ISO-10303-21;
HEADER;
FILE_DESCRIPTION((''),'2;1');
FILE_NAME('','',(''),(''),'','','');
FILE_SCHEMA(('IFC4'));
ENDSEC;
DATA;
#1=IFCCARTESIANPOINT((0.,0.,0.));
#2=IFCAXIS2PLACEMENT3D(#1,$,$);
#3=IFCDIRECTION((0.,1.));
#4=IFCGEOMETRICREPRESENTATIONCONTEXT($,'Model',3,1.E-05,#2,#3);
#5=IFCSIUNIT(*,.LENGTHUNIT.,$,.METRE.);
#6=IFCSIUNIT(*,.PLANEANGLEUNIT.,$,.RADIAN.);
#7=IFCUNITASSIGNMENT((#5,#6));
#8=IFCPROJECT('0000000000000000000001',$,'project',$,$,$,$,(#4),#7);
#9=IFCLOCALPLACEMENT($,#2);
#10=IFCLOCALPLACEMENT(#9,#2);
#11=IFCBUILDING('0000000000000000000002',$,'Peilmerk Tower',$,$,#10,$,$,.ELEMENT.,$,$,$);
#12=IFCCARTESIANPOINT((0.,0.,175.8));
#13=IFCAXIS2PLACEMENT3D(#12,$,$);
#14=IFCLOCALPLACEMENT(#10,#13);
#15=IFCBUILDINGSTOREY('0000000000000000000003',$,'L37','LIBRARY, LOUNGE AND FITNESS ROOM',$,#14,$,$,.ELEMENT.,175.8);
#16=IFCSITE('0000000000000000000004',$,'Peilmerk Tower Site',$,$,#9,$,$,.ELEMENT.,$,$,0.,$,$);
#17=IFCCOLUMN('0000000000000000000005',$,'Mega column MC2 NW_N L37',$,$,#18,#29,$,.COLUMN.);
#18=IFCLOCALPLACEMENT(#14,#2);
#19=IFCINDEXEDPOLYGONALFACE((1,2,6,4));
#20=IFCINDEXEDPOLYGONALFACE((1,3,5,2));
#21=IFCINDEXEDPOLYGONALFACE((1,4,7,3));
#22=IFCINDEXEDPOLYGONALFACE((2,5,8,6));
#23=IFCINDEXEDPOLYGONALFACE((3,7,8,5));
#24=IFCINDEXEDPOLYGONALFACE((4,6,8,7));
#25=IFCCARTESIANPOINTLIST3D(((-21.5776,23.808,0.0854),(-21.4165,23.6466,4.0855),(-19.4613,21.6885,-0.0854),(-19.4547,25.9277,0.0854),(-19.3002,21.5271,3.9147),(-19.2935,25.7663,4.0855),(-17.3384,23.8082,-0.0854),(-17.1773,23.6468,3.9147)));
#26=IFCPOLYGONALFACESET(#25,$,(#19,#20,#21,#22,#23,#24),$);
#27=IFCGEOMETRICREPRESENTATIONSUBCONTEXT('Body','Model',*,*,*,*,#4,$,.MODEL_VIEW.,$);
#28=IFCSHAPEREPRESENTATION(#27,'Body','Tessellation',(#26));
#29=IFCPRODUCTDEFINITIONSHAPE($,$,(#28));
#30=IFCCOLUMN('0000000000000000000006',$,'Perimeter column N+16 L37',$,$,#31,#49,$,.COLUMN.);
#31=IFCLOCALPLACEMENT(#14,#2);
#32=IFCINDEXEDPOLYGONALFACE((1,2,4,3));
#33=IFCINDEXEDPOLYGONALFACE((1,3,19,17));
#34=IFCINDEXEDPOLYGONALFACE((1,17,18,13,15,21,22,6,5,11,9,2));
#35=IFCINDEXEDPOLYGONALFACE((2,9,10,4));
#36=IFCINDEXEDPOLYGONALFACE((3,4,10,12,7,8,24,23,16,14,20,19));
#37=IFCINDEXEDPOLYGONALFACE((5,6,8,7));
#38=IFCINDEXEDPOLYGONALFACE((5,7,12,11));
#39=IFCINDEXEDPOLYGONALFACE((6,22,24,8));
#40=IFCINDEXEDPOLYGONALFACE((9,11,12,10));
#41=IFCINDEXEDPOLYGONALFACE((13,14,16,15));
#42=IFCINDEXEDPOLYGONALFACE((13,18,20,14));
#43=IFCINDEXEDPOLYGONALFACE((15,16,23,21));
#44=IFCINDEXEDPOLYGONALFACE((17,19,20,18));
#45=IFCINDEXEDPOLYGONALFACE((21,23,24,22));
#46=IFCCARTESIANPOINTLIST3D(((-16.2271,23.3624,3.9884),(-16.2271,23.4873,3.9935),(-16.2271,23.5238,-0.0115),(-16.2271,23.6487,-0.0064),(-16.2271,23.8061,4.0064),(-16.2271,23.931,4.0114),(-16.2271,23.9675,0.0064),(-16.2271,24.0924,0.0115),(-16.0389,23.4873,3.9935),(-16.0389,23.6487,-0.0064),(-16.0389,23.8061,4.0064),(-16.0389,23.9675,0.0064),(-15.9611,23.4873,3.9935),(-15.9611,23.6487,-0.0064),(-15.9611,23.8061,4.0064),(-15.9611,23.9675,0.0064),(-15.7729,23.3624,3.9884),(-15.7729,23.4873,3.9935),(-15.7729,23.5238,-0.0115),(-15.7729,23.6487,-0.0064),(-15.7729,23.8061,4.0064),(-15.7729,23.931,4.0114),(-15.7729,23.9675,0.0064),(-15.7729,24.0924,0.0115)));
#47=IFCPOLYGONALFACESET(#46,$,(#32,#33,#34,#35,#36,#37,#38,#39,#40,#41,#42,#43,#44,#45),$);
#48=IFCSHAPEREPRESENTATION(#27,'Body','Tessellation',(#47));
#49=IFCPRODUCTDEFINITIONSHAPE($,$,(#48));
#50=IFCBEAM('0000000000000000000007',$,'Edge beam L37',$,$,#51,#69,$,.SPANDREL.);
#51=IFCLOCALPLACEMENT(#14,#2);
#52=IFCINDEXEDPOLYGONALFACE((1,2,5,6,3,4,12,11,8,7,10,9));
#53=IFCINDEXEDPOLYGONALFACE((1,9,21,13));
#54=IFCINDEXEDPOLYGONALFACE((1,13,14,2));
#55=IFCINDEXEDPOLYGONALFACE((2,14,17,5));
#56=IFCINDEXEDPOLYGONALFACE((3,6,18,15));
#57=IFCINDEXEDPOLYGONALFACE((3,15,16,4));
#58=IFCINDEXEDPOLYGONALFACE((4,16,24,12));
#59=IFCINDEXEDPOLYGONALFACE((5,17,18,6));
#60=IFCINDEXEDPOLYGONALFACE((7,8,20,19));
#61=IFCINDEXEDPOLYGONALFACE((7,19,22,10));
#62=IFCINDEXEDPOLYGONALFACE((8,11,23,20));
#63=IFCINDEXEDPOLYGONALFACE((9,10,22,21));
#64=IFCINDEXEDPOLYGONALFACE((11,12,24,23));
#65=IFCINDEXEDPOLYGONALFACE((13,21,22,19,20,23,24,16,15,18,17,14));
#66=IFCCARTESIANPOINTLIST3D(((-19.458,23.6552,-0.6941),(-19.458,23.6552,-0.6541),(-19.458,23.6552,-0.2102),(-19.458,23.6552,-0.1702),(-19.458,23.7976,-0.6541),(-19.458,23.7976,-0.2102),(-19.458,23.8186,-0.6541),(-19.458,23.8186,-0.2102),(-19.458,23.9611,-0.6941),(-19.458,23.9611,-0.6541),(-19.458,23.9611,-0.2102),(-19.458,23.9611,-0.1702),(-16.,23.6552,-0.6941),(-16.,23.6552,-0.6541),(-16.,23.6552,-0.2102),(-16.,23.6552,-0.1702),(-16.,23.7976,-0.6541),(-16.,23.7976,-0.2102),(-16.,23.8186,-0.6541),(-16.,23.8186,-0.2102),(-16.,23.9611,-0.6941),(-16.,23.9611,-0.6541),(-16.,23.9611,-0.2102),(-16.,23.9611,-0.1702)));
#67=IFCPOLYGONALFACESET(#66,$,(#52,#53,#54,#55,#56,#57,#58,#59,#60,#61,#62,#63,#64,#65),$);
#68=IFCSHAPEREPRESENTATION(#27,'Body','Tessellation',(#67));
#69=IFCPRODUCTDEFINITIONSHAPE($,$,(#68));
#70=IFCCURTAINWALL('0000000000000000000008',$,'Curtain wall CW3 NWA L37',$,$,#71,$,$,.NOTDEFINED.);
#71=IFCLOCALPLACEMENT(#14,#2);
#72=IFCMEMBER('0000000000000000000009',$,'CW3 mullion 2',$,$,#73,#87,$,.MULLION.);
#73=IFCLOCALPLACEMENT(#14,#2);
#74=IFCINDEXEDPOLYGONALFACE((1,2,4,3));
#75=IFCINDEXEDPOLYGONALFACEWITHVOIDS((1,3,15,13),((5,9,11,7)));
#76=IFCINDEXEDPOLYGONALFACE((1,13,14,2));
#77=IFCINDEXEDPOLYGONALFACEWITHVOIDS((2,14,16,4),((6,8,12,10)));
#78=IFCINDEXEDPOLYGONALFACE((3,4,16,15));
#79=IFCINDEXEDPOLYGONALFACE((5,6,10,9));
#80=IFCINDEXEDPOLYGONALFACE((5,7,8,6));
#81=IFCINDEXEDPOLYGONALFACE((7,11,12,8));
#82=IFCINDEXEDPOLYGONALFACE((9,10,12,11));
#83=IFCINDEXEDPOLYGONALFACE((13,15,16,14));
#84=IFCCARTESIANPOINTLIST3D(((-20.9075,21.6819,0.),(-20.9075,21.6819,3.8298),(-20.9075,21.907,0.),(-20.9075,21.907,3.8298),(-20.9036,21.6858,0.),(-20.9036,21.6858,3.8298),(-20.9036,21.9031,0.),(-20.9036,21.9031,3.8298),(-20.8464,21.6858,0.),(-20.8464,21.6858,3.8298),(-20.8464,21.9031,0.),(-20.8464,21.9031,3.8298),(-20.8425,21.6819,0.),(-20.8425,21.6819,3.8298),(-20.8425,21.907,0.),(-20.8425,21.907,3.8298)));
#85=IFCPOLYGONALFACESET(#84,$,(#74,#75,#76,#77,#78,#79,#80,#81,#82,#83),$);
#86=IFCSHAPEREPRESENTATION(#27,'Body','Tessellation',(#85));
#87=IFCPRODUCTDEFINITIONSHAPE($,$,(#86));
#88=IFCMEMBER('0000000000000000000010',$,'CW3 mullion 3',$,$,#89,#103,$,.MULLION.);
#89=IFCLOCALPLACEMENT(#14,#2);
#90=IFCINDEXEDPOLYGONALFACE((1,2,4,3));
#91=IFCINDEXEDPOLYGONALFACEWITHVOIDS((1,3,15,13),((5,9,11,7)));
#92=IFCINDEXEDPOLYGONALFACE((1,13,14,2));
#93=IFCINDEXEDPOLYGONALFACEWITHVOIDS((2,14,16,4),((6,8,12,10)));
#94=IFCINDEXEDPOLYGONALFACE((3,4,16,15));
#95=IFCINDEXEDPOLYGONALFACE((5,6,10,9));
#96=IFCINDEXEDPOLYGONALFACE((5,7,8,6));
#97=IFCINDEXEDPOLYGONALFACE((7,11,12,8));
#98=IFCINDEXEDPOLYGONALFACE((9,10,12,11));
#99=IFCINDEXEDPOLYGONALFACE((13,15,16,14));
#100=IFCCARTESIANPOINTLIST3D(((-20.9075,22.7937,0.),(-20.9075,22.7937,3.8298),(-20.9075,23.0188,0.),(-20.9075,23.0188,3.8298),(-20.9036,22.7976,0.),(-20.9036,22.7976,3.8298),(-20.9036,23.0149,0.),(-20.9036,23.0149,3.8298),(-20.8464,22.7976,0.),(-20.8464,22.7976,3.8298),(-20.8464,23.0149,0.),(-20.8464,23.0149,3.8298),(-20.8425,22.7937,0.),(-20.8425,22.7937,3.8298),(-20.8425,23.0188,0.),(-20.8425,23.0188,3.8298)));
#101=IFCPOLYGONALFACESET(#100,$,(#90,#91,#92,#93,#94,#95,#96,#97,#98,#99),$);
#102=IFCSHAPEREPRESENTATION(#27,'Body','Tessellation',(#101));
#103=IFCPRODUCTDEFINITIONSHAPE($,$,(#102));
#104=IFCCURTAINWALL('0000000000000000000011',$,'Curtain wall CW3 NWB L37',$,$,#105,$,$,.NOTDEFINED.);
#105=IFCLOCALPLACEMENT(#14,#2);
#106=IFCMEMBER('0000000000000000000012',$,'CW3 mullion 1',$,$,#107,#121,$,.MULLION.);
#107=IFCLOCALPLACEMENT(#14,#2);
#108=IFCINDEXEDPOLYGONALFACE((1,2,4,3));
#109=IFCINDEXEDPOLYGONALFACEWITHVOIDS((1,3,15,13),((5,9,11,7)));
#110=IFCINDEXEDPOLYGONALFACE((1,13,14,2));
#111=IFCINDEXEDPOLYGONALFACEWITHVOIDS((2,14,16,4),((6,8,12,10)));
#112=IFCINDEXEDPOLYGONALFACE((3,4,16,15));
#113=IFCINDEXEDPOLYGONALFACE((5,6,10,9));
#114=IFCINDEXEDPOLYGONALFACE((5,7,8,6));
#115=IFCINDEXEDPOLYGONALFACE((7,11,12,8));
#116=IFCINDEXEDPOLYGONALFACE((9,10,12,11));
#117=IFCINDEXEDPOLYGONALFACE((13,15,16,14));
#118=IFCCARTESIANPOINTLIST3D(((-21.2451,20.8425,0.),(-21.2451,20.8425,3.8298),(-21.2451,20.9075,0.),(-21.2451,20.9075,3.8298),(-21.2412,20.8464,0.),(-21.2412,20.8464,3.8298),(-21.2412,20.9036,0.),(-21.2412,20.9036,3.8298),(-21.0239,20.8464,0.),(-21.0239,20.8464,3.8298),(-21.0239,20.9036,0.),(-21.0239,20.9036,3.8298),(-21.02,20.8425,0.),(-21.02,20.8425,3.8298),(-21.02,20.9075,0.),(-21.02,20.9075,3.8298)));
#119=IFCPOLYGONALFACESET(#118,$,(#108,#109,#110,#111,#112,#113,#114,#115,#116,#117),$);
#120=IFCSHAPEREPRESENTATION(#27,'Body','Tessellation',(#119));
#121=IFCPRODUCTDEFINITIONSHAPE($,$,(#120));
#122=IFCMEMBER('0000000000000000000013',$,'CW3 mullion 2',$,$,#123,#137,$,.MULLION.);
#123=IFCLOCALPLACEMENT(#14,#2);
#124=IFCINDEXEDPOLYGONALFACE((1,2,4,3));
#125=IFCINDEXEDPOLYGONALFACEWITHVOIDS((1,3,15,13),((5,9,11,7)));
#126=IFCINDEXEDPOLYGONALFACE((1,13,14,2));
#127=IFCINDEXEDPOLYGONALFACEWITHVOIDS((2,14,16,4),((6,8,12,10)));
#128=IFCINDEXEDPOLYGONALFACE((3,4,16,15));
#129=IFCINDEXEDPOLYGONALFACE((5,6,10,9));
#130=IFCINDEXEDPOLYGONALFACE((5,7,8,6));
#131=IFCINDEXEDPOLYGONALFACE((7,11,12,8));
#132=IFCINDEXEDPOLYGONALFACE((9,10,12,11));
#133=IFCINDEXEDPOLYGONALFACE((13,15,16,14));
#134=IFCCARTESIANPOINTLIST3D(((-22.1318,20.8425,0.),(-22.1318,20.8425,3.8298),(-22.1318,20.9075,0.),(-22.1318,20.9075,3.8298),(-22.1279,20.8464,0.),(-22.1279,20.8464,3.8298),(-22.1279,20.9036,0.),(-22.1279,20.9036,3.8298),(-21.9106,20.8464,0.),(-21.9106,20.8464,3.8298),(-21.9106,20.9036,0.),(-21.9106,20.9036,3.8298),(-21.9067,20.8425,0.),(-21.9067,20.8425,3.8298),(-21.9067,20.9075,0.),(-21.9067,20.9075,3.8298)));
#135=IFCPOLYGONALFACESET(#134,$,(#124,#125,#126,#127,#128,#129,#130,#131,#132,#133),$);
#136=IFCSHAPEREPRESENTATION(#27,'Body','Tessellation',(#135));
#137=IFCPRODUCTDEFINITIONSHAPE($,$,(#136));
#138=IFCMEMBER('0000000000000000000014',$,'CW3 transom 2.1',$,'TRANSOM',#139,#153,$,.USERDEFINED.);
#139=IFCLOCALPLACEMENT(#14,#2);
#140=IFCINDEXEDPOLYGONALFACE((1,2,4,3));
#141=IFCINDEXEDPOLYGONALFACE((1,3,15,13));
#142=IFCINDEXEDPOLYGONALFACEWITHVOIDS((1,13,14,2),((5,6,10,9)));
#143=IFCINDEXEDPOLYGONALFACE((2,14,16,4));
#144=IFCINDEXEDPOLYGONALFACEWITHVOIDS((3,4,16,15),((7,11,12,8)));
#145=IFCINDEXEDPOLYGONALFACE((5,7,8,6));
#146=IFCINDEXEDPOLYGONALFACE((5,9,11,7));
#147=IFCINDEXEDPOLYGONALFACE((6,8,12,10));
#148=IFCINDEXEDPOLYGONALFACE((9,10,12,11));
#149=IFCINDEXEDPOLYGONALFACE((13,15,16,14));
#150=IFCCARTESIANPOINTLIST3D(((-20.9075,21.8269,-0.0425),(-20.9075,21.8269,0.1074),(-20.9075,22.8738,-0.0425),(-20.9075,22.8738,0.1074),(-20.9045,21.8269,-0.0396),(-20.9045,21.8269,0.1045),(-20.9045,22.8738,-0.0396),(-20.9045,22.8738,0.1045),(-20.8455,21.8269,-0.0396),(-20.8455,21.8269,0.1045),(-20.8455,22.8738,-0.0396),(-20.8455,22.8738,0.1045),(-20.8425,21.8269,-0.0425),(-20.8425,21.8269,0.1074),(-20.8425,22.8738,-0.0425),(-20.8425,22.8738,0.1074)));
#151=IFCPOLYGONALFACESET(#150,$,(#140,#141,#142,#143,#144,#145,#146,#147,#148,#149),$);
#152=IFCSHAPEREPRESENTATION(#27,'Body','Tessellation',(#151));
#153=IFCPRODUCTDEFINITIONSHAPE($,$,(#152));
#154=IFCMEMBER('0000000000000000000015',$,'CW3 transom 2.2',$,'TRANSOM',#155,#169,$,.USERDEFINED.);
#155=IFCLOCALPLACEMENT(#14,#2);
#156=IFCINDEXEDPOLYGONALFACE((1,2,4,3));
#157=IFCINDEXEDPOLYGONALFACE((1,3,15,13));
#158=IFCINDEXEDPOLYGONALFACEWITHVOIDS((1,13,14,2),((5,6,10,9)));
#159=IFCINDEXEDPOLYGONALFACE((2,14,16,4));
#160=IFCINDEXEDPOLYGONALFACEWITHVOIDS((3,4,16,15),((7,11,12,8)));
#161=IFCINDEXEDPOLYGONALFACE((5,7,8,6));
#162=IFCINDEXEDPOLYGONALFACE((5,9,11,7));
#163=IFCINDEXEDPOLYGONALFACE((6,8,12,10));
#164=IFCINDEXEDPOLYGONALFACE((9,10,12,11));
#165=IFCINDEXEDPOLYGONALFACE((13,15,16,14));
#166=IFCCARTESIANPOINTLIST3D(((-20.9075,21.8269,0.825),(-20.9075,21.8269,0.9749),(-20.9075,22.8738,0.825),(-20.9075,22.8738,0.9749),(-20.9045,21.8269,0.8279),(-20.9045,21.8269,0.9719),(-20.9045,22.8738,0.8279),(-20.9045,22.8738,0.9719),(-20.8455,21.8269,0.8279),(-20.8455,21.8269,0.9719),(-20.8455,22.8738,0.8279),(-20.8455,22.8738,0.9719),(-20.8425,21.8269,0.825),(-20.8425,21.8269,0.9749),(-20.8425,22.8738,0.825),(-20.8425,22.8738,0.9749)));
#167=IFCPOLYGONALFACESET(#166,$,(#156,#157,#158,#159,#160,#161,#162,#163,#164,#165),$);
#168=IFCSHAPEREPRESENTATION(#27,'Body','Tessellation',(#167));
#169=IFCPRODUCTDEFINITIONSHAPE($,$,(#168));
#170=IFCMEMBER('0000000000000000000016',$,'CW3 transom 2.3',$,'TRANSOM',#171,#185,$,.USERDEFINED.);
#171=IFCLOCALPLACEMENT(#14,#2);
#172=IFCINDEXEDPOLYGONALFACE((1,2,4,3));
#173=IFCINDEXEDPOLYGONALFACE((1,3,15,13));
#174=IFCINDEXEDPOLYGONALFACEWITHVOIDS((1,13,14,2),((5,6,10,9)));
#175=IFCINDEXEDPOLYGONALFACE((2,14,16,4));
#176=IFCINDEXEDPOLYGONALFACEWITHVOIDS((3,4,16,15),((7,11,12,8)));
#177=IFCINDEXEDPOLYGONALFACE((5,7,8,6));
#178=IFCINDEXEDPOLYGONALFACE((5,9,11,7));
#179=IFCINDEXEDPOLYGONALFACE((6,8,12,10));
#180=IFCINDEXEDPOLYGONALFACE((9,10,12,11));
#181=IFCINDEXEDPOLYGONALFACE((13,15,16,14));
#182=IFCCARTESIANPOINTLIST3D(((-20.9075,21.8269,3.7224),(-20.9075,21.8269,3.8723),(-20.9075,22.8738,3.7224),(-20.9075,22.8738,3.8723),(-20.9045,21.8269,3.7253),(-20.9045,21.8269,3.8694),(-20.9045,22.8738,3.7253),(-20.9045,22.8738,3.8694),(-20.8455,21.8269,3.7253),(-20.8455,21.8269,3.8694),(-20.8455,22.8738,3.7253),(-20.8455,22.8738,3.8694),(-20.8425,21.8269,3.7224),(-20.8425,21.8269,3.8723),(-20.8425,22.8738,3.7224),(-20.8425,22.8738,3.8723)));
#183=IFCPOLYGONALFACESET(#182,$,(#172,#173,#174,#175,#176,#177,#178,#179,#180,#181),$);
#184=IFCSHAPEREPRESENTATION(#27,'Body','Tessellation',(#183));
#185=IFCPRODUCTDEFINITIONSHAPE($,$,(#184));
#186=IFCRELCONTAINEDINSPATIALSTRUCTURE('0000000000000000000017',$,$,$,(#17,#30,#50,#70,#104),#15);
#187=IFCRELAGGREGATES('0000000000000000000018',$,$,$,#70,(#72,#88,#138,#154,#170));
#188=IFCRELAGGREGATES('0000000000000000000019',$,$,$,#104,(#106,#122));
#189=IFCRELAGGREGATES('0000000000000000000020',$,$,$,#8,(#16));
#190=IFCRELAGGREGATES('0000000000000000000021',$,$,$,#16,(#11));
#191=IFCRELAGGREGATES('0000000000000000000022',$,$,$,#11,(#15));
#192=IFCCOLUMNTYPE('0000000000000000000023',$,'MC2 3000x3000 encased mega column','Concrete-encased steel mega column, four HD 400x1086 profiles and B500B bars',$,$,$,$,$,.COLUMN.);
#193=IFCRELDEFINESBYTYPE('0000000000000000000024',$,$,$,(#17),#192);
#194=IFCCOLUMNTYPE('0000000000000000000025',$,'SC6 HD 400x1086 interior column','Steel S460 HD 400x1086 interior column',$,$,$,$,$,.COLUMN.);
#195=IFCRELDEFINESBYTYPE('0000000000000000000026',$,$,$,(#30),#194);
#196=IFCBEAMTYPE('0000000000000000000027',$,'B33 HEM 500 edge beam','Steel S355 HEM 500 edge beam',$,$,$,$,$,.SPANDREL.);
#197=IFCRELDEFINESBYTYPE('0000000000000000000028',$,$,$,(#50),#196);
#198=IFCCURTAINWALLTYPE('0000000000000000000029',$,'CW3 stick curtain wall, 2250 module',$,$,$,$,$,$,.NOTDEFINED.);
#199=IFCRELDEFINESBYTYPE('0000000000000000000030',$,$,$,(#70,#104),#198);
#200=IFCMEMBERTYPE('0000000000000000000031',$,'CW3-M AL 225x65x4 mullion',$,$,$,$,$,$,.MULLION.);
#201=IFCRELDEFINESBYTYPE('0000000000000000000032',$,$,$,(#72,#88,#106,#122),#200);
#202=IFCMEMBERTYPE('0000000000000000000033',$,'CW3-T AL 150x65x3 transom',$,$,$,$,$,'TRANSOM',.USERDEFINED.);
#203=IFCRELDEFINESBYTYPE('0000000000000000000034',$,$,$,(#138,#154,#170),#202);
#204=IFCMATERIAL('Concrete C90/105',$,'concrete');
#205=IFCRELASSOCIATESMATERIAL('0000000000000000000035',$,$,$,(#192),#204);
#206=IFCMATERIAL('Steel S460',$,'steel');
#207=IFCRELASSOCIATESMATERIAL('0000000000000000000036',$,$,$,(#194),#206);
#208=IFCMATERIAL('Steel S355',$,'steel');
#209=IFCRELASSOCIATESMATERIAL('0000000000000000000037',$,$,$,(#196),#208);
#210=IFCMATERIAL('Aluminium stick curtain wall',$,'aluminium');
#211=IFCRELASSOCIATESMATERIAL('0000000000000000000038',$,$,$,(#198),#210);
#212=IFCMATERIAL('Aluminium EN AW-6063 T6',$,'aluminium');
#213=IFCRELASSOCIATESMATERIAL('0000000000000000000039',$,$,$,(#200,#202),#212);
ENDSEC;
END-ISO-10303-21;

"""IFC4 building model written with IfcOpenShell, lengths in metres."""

from ifc_helpers import new_model, si_unit, direction, frame, origin, origin_2d, place, context, subcontext, project, spatial, rectangle, hollow_rectangle, i_section, extrude, material, material_profile, profile_set, type_object, element, aggregate, save


model = new_model("IFC4")

# Units and contexts
model_context = context("Model", 3, precision=1e-05, world=origin(), true_north=direction((0.0, 1.0)))
body_context = subcontext(model_context, "Body", "Model", "MODEL_VIEW")
ifc_project = project(units=[si_unit("LENGTHUNIT", "METRE"), si_unit("PLANEANGLEUNIT", "RADIAN")], contexts=[model_context])

# Site, building, storey
site_placement = place(None, origin())
site = spatial("IfcSite", under=ifc_project, at=site_placement, Name="Peilmerk Tower Site", CompositionType="ELEMENT", RefElevation=0.0)
building_placement = place(site_placement, origin())
building = spatial("IfcBuilding", under=site, at=building_placement, Name="Peilmerk Tower", CompositionType="ELEMENT")
storey_placement = place(building_placement, frame((0.0, 0.0, 175.8)))
storey = spatial("IfcBuildingStorey", under=building, at=storey_placement, Name="L37", Description="LIBRARY, LOUNGE AND FITNESS ROOM", CompositionType="ELEMENT", Elevation=175.8)

# Columns
ifc_material_1 = material(Name="Concrete C90/105", Category="concrete")
ifc_material_profile_1 = material_profile(ifc_material_1, rectangle(XDim=3.0, YDim=3.0, at=origin_2d()), Name="RC 3000x3000")
ifc_profile_set_1 = profile_set([ifc_material_profile_1], Name="Concrete C90/105")
column_type_1 = type_object("IfcColumnType", Name="MC2 3000x3000 encased mega column", Description="Concrete-encased steel mega column, four HD 400x1086 profiles and B500B bars", PredefinedType="COLUMN", material=ifc_profile_set_1)
column_1_placement = place(storey_placement, frame((-19.458, 23.8081, 0.0), z_axis=(0.040218, -0.040279, 0.998379), x_axis=(0.707642, 0.706571, 0.0)))
element("IfcColumn", 1, at=column_1_placement, inside=storey, type_object=column_type_1, Name="Mega column MC2 NW_N L37", PredefinedType="COLUMN", context=body_context, shape_type="SweptSolid", body=[
    extrude(rectangle(XDim=3.0, YDim=3.0, at=origin_2d()), origin(), (0.0, 0.0, 1.0), 4.0066),
])
ifc_material_2 = material(Name="Steel S460", Category="steel")
ifc_material_profile_2 = material_profile(ifc_material_2, i_section(OverallWidth=0.4541, OverallDepth=0.5691, WebThickness=0.0779, FlangeThickness=0.125, at=origin_2d()), Name="HD 400x1086")
ifc_profile_set_2 = profile_set([ifc_material_profile_2], Name="Steel S460")
column_type_2 = type_object("IfcColumnType", Name="SC6 HD 400x1086 interior column", Description="Steel S460 HD 400x1086 interior column", PredefinedType="COLUMN", material=ifc_profile_set_2)
column_2_placement = place(storey_placement, frame((-16.0, 23.8081, 0.0), z_axis=(0.0, -0.040311, 0.999187), x_axis=(1.0, 0.0, 0.0)))
element("IfcColumn", 2, at=column_2_placement, inside=storey, type_object=column_type_2, Name="Perimeter column N+16 L37", PredefinedType="COLUMN", context=body_context, shape_type="SweptSolid", body=[
    extrude(i_section(OverallWidth=0.4541, OverallDepth=0.5691, WebThickness=0.0779, FlangeThickness=0.125, at=origin_2d()), origin(), (0.0, 0.0, 1.0), 4.0032),
])

# Beam
ifc_material_3 = material(Name="Steel S355", Category="steel")
ifc_material_profile_3 = material_profile(ifc_material_3, i_section(OverallWidth=0.3059, OverallDepth=0.5239, WebThickness=0.021, FlangeThickness=0.04, at=origin_2d()), Name="HEM 500")
ifc_profile_set_3 = profile_set([ifc_material_profile_3], Name="Steel S355")
beam_type = type_object("IfcBeamType", Name="B33 HEM 500 edge beam", Description="Steel S355 HEM 500 edge beam", PredefinedType="SPANDREL", material=ifc_profile_set_3)
beam_placement = place(storey_placement, frame((-16.0, 23.8081, -0.4321), z_axis=(-1.0, 0.0, 0.0), x_axis=(0.0, -1.0, 0.0)))
element("IfcBeam", 3, at=beam_placement, inside=storey, type_object=beam_type, Name="Edge beam L37", PredefinedType="SPANDREL", context=body_context, shape_type="SweptSolid", body=[
    extrude(i_section(OverallWidth=0.3059, OverallDepth=0.5239, WebThickness=0.021, FlangeThickness=0.04, at=origin_2d()), origin(), (0.0, 0.0, 1.0), 3.458),
])

# Curtain walls, members
ifc_material_4 = material(Name="Aluminium stick curtain wall", Category="aluminium")
curtain_wall_type = type_object("IfcCurtainWallType", Name="CW3 stick curtain wall, 2250 module", PredefinedType="NOTDEFINED", material=ifc_material_4)
curtain_wall_1_placement = place(storey_placement, origin())
curtain_wall_1 = element("IfcCurtainWall", 4, at=curtain_wall_1_placement, inside=storey, type_object=curtain_wall_type, Name="Curtain wall CW3 NWA L37", PredefinedType="NOTDEFINED")
ifc_material_5 = material(Name="Aluminium EN AW-6063 T6", Category="aluminium")
ifc_material_profile_4 = material_profile(ifc_material_5, hollow_rectangle(XDim=0.0649, YDim=0.2251, WallThickness=0.0039, at=origin_2d()), Name="AL 225x65x4")
ifc_profile_set_4 = profile_set([ifc_material_profile_4], Name="Aluminium EN AW-6063 T6")
member_type_1 = type_object("IfcMemberType", Name="CW3-M AL 225x65x4 mullion", PredefinedType="MULLION", material=ifc_profile_set_4)
member_1_placement = place(storey_placement, frame((-20.875, 21.7944, 0.0), z_axis=(0.0, 0.0, 1.0), x_axis=(-1.0, 0.0, 0.0)))
member_1 = element("IfcMember", 5, at=member_1_placement, type_object=member_type_1, Name="CW3 mullion 2", PredefinedType="MULLION", context=body_context, shape_type="SweptSolid", body=[
    extrude(hollow_rectangle(XDim=0.0649, YDim=0.2251, WallThickness=0.0039, at=origin_2d()), origin(), (0.0, 0.0, 1.0), 3.8298),
])
member_2_placement = place(storey_placement, frame((-20.875, 22.9062, 0.0), z_axis=(0.0, 0.0, 1.0), x_axis=(-1.0, 0.0, 0.0)))
member_2 = element("IfcMember", 6, at=member_2_placement, type_object=member_type_1, Name="CW3 mullion 3", PredefinedType="MULLION", context=body_context, shape_type="SweptSolid", body=[
    extrude(hollow_rectangle(XDim=0.0649, YDim=0.2251, WallThickness=0.0039, at=origin_2d()), origin(), (0.0, 0.0, 1.0), 3.8298),
])
curtain_wall_2_placement = place(storey_placement, origin())
curtain_wall_2 = element("IfcCurtainWall", 7, at=curtain_wall_2_placement, inside=storey, type_object=curtain_wall_type, Name="Curtain wall CW3 NWB L37", PredefinedType="NOTDEFINED")
member_3_placement = place(storey_placement, frame((-21.1326, 20.875, 0.0), z_axis=(0.0, 0.0, 1.0), x_axis=(0.0, -1.0, 0.0)))
member_3 = element("IfcMember", 8, at=member_3_placement, type_object=member_type_1, Name="CW3 mullion 1", PredefinedType="MULLION", context=body_context, shape_type="SweptSolid", body=[
    extrude(hollow_rectangle(XDim=0.0649, YDim=0.2251, WallThickness=0.0039, at=origin_2d()), origin(), (0.0, 0.0, 1.0), 3.8298),
])
member_4_placement = place(storey_placement, frame((-22.0193, 20.875, 0.0), z_axis=(0.0, 0.0, 1.0), x_axis=(0.0, -1.0, 0.0)))
member_4 = element("IfcMember", 9, at=member_4_placement, type_object=member_type_1, Name="CW3 mullion 2", PredefinedType="MULLION", context=body_context, shape_type="SweptSolid", body=[
    extrude(hollow_rectangle(XDim=0.0649, YDim=0.2251, WallThickness=0.0039, at=origin_2d()), origin(), (0.0, 0.0, 1.0), 3.8298),
])

# Members
ifc_material_profile_5 = material_profile(ifc_material_5, hollow_rectangle(XDim=0.0649, YDim=0.1499, WallThickness=0.0029, at=origin_2d()), Name="AL 150x65x3")
ifc_profile_set_5 = profile_set([ifc_material_profile_5], Name="Aluminium EN AW-6063 T6")
member_type_2 = type_object("IfcMemberType", Name="CW3-T AL 150x65x3 transom", ElementType="TRANSOM", PredefinedType="USERDEFINED", material=ifc_profile_set_5)
member_5_placement = place(storey_placement, frame((-20.875, 21.8269, 0.0325), z_axis=(0.0, 1.0, 0.0), x_axis=(-1.0, 0.0, 0.0)))
member_5 = element("IfcMember", 10, at=member_5_placement, type_object=member_type_2, Name="CW3 transom 2.1", ObjectType="TRANSOM", PredefinedType="USERDEFINED", context=body_context, shape_type="SweptSolid", body=[
    extrude(hollow_rectangle(XDim=0.0649, YDim=0.1499, WallThickness=0.0029, at=origin_2d()), origin(), (0.0, 0.0, 1.0), 1.0469),
])
member_6_placement = place(storey_placement, frame((-20.875, 21.8269, 0.8999), z_axis=(0.0, 1.0, 0.0), x_axis=(-1.0, 0.0, 0.0)))
member_6 = element("IfcMember", 11, at=member_6_placement, type_object=member_type_2, Name="CW3 transom 2.2", ObjectType="TRANSOM", PredefinedType="USERDEFINED", context=body_context, shape_type="SweptSolid", body=[
    extrude(hollow_rectangle(XDim=0.0649, YDim=0.1499, WallThickness=0.0029, at=origin_2d()), origin(), (0.0, 0.0, 1.0), 1.0469),
])
member_7_placement = place(storey_placement, frame((-20.875, 21.8269, 3.7974), z_axis=(0.0, 1.0, 0.0), x_axis=(-1.0, 0.0, 0.0)))
member_7 = element("IfcMember", 12, at=member_7_placement, type_object=member_type_2, Name="CW3 transom 2.3", ObjectType="TRANSOM", PredefinedType="USERDEFINED", context=body_context, shape_type="SweptSolid", body=[
    extrude(hollow_rectangle(XDim=0.0649, YDim=0.1499, WallThickness=0.0029, at=origin_2d()), origin(), (0.0, 0.0, 1.0), 1.0469),
])

aggregate(curtain_wall_1, [member_1, member_2, member_5, member_6, member_7])
aggregate(curtain_wall_2, [member_3, member_4])

save(model, "model.ifc")
